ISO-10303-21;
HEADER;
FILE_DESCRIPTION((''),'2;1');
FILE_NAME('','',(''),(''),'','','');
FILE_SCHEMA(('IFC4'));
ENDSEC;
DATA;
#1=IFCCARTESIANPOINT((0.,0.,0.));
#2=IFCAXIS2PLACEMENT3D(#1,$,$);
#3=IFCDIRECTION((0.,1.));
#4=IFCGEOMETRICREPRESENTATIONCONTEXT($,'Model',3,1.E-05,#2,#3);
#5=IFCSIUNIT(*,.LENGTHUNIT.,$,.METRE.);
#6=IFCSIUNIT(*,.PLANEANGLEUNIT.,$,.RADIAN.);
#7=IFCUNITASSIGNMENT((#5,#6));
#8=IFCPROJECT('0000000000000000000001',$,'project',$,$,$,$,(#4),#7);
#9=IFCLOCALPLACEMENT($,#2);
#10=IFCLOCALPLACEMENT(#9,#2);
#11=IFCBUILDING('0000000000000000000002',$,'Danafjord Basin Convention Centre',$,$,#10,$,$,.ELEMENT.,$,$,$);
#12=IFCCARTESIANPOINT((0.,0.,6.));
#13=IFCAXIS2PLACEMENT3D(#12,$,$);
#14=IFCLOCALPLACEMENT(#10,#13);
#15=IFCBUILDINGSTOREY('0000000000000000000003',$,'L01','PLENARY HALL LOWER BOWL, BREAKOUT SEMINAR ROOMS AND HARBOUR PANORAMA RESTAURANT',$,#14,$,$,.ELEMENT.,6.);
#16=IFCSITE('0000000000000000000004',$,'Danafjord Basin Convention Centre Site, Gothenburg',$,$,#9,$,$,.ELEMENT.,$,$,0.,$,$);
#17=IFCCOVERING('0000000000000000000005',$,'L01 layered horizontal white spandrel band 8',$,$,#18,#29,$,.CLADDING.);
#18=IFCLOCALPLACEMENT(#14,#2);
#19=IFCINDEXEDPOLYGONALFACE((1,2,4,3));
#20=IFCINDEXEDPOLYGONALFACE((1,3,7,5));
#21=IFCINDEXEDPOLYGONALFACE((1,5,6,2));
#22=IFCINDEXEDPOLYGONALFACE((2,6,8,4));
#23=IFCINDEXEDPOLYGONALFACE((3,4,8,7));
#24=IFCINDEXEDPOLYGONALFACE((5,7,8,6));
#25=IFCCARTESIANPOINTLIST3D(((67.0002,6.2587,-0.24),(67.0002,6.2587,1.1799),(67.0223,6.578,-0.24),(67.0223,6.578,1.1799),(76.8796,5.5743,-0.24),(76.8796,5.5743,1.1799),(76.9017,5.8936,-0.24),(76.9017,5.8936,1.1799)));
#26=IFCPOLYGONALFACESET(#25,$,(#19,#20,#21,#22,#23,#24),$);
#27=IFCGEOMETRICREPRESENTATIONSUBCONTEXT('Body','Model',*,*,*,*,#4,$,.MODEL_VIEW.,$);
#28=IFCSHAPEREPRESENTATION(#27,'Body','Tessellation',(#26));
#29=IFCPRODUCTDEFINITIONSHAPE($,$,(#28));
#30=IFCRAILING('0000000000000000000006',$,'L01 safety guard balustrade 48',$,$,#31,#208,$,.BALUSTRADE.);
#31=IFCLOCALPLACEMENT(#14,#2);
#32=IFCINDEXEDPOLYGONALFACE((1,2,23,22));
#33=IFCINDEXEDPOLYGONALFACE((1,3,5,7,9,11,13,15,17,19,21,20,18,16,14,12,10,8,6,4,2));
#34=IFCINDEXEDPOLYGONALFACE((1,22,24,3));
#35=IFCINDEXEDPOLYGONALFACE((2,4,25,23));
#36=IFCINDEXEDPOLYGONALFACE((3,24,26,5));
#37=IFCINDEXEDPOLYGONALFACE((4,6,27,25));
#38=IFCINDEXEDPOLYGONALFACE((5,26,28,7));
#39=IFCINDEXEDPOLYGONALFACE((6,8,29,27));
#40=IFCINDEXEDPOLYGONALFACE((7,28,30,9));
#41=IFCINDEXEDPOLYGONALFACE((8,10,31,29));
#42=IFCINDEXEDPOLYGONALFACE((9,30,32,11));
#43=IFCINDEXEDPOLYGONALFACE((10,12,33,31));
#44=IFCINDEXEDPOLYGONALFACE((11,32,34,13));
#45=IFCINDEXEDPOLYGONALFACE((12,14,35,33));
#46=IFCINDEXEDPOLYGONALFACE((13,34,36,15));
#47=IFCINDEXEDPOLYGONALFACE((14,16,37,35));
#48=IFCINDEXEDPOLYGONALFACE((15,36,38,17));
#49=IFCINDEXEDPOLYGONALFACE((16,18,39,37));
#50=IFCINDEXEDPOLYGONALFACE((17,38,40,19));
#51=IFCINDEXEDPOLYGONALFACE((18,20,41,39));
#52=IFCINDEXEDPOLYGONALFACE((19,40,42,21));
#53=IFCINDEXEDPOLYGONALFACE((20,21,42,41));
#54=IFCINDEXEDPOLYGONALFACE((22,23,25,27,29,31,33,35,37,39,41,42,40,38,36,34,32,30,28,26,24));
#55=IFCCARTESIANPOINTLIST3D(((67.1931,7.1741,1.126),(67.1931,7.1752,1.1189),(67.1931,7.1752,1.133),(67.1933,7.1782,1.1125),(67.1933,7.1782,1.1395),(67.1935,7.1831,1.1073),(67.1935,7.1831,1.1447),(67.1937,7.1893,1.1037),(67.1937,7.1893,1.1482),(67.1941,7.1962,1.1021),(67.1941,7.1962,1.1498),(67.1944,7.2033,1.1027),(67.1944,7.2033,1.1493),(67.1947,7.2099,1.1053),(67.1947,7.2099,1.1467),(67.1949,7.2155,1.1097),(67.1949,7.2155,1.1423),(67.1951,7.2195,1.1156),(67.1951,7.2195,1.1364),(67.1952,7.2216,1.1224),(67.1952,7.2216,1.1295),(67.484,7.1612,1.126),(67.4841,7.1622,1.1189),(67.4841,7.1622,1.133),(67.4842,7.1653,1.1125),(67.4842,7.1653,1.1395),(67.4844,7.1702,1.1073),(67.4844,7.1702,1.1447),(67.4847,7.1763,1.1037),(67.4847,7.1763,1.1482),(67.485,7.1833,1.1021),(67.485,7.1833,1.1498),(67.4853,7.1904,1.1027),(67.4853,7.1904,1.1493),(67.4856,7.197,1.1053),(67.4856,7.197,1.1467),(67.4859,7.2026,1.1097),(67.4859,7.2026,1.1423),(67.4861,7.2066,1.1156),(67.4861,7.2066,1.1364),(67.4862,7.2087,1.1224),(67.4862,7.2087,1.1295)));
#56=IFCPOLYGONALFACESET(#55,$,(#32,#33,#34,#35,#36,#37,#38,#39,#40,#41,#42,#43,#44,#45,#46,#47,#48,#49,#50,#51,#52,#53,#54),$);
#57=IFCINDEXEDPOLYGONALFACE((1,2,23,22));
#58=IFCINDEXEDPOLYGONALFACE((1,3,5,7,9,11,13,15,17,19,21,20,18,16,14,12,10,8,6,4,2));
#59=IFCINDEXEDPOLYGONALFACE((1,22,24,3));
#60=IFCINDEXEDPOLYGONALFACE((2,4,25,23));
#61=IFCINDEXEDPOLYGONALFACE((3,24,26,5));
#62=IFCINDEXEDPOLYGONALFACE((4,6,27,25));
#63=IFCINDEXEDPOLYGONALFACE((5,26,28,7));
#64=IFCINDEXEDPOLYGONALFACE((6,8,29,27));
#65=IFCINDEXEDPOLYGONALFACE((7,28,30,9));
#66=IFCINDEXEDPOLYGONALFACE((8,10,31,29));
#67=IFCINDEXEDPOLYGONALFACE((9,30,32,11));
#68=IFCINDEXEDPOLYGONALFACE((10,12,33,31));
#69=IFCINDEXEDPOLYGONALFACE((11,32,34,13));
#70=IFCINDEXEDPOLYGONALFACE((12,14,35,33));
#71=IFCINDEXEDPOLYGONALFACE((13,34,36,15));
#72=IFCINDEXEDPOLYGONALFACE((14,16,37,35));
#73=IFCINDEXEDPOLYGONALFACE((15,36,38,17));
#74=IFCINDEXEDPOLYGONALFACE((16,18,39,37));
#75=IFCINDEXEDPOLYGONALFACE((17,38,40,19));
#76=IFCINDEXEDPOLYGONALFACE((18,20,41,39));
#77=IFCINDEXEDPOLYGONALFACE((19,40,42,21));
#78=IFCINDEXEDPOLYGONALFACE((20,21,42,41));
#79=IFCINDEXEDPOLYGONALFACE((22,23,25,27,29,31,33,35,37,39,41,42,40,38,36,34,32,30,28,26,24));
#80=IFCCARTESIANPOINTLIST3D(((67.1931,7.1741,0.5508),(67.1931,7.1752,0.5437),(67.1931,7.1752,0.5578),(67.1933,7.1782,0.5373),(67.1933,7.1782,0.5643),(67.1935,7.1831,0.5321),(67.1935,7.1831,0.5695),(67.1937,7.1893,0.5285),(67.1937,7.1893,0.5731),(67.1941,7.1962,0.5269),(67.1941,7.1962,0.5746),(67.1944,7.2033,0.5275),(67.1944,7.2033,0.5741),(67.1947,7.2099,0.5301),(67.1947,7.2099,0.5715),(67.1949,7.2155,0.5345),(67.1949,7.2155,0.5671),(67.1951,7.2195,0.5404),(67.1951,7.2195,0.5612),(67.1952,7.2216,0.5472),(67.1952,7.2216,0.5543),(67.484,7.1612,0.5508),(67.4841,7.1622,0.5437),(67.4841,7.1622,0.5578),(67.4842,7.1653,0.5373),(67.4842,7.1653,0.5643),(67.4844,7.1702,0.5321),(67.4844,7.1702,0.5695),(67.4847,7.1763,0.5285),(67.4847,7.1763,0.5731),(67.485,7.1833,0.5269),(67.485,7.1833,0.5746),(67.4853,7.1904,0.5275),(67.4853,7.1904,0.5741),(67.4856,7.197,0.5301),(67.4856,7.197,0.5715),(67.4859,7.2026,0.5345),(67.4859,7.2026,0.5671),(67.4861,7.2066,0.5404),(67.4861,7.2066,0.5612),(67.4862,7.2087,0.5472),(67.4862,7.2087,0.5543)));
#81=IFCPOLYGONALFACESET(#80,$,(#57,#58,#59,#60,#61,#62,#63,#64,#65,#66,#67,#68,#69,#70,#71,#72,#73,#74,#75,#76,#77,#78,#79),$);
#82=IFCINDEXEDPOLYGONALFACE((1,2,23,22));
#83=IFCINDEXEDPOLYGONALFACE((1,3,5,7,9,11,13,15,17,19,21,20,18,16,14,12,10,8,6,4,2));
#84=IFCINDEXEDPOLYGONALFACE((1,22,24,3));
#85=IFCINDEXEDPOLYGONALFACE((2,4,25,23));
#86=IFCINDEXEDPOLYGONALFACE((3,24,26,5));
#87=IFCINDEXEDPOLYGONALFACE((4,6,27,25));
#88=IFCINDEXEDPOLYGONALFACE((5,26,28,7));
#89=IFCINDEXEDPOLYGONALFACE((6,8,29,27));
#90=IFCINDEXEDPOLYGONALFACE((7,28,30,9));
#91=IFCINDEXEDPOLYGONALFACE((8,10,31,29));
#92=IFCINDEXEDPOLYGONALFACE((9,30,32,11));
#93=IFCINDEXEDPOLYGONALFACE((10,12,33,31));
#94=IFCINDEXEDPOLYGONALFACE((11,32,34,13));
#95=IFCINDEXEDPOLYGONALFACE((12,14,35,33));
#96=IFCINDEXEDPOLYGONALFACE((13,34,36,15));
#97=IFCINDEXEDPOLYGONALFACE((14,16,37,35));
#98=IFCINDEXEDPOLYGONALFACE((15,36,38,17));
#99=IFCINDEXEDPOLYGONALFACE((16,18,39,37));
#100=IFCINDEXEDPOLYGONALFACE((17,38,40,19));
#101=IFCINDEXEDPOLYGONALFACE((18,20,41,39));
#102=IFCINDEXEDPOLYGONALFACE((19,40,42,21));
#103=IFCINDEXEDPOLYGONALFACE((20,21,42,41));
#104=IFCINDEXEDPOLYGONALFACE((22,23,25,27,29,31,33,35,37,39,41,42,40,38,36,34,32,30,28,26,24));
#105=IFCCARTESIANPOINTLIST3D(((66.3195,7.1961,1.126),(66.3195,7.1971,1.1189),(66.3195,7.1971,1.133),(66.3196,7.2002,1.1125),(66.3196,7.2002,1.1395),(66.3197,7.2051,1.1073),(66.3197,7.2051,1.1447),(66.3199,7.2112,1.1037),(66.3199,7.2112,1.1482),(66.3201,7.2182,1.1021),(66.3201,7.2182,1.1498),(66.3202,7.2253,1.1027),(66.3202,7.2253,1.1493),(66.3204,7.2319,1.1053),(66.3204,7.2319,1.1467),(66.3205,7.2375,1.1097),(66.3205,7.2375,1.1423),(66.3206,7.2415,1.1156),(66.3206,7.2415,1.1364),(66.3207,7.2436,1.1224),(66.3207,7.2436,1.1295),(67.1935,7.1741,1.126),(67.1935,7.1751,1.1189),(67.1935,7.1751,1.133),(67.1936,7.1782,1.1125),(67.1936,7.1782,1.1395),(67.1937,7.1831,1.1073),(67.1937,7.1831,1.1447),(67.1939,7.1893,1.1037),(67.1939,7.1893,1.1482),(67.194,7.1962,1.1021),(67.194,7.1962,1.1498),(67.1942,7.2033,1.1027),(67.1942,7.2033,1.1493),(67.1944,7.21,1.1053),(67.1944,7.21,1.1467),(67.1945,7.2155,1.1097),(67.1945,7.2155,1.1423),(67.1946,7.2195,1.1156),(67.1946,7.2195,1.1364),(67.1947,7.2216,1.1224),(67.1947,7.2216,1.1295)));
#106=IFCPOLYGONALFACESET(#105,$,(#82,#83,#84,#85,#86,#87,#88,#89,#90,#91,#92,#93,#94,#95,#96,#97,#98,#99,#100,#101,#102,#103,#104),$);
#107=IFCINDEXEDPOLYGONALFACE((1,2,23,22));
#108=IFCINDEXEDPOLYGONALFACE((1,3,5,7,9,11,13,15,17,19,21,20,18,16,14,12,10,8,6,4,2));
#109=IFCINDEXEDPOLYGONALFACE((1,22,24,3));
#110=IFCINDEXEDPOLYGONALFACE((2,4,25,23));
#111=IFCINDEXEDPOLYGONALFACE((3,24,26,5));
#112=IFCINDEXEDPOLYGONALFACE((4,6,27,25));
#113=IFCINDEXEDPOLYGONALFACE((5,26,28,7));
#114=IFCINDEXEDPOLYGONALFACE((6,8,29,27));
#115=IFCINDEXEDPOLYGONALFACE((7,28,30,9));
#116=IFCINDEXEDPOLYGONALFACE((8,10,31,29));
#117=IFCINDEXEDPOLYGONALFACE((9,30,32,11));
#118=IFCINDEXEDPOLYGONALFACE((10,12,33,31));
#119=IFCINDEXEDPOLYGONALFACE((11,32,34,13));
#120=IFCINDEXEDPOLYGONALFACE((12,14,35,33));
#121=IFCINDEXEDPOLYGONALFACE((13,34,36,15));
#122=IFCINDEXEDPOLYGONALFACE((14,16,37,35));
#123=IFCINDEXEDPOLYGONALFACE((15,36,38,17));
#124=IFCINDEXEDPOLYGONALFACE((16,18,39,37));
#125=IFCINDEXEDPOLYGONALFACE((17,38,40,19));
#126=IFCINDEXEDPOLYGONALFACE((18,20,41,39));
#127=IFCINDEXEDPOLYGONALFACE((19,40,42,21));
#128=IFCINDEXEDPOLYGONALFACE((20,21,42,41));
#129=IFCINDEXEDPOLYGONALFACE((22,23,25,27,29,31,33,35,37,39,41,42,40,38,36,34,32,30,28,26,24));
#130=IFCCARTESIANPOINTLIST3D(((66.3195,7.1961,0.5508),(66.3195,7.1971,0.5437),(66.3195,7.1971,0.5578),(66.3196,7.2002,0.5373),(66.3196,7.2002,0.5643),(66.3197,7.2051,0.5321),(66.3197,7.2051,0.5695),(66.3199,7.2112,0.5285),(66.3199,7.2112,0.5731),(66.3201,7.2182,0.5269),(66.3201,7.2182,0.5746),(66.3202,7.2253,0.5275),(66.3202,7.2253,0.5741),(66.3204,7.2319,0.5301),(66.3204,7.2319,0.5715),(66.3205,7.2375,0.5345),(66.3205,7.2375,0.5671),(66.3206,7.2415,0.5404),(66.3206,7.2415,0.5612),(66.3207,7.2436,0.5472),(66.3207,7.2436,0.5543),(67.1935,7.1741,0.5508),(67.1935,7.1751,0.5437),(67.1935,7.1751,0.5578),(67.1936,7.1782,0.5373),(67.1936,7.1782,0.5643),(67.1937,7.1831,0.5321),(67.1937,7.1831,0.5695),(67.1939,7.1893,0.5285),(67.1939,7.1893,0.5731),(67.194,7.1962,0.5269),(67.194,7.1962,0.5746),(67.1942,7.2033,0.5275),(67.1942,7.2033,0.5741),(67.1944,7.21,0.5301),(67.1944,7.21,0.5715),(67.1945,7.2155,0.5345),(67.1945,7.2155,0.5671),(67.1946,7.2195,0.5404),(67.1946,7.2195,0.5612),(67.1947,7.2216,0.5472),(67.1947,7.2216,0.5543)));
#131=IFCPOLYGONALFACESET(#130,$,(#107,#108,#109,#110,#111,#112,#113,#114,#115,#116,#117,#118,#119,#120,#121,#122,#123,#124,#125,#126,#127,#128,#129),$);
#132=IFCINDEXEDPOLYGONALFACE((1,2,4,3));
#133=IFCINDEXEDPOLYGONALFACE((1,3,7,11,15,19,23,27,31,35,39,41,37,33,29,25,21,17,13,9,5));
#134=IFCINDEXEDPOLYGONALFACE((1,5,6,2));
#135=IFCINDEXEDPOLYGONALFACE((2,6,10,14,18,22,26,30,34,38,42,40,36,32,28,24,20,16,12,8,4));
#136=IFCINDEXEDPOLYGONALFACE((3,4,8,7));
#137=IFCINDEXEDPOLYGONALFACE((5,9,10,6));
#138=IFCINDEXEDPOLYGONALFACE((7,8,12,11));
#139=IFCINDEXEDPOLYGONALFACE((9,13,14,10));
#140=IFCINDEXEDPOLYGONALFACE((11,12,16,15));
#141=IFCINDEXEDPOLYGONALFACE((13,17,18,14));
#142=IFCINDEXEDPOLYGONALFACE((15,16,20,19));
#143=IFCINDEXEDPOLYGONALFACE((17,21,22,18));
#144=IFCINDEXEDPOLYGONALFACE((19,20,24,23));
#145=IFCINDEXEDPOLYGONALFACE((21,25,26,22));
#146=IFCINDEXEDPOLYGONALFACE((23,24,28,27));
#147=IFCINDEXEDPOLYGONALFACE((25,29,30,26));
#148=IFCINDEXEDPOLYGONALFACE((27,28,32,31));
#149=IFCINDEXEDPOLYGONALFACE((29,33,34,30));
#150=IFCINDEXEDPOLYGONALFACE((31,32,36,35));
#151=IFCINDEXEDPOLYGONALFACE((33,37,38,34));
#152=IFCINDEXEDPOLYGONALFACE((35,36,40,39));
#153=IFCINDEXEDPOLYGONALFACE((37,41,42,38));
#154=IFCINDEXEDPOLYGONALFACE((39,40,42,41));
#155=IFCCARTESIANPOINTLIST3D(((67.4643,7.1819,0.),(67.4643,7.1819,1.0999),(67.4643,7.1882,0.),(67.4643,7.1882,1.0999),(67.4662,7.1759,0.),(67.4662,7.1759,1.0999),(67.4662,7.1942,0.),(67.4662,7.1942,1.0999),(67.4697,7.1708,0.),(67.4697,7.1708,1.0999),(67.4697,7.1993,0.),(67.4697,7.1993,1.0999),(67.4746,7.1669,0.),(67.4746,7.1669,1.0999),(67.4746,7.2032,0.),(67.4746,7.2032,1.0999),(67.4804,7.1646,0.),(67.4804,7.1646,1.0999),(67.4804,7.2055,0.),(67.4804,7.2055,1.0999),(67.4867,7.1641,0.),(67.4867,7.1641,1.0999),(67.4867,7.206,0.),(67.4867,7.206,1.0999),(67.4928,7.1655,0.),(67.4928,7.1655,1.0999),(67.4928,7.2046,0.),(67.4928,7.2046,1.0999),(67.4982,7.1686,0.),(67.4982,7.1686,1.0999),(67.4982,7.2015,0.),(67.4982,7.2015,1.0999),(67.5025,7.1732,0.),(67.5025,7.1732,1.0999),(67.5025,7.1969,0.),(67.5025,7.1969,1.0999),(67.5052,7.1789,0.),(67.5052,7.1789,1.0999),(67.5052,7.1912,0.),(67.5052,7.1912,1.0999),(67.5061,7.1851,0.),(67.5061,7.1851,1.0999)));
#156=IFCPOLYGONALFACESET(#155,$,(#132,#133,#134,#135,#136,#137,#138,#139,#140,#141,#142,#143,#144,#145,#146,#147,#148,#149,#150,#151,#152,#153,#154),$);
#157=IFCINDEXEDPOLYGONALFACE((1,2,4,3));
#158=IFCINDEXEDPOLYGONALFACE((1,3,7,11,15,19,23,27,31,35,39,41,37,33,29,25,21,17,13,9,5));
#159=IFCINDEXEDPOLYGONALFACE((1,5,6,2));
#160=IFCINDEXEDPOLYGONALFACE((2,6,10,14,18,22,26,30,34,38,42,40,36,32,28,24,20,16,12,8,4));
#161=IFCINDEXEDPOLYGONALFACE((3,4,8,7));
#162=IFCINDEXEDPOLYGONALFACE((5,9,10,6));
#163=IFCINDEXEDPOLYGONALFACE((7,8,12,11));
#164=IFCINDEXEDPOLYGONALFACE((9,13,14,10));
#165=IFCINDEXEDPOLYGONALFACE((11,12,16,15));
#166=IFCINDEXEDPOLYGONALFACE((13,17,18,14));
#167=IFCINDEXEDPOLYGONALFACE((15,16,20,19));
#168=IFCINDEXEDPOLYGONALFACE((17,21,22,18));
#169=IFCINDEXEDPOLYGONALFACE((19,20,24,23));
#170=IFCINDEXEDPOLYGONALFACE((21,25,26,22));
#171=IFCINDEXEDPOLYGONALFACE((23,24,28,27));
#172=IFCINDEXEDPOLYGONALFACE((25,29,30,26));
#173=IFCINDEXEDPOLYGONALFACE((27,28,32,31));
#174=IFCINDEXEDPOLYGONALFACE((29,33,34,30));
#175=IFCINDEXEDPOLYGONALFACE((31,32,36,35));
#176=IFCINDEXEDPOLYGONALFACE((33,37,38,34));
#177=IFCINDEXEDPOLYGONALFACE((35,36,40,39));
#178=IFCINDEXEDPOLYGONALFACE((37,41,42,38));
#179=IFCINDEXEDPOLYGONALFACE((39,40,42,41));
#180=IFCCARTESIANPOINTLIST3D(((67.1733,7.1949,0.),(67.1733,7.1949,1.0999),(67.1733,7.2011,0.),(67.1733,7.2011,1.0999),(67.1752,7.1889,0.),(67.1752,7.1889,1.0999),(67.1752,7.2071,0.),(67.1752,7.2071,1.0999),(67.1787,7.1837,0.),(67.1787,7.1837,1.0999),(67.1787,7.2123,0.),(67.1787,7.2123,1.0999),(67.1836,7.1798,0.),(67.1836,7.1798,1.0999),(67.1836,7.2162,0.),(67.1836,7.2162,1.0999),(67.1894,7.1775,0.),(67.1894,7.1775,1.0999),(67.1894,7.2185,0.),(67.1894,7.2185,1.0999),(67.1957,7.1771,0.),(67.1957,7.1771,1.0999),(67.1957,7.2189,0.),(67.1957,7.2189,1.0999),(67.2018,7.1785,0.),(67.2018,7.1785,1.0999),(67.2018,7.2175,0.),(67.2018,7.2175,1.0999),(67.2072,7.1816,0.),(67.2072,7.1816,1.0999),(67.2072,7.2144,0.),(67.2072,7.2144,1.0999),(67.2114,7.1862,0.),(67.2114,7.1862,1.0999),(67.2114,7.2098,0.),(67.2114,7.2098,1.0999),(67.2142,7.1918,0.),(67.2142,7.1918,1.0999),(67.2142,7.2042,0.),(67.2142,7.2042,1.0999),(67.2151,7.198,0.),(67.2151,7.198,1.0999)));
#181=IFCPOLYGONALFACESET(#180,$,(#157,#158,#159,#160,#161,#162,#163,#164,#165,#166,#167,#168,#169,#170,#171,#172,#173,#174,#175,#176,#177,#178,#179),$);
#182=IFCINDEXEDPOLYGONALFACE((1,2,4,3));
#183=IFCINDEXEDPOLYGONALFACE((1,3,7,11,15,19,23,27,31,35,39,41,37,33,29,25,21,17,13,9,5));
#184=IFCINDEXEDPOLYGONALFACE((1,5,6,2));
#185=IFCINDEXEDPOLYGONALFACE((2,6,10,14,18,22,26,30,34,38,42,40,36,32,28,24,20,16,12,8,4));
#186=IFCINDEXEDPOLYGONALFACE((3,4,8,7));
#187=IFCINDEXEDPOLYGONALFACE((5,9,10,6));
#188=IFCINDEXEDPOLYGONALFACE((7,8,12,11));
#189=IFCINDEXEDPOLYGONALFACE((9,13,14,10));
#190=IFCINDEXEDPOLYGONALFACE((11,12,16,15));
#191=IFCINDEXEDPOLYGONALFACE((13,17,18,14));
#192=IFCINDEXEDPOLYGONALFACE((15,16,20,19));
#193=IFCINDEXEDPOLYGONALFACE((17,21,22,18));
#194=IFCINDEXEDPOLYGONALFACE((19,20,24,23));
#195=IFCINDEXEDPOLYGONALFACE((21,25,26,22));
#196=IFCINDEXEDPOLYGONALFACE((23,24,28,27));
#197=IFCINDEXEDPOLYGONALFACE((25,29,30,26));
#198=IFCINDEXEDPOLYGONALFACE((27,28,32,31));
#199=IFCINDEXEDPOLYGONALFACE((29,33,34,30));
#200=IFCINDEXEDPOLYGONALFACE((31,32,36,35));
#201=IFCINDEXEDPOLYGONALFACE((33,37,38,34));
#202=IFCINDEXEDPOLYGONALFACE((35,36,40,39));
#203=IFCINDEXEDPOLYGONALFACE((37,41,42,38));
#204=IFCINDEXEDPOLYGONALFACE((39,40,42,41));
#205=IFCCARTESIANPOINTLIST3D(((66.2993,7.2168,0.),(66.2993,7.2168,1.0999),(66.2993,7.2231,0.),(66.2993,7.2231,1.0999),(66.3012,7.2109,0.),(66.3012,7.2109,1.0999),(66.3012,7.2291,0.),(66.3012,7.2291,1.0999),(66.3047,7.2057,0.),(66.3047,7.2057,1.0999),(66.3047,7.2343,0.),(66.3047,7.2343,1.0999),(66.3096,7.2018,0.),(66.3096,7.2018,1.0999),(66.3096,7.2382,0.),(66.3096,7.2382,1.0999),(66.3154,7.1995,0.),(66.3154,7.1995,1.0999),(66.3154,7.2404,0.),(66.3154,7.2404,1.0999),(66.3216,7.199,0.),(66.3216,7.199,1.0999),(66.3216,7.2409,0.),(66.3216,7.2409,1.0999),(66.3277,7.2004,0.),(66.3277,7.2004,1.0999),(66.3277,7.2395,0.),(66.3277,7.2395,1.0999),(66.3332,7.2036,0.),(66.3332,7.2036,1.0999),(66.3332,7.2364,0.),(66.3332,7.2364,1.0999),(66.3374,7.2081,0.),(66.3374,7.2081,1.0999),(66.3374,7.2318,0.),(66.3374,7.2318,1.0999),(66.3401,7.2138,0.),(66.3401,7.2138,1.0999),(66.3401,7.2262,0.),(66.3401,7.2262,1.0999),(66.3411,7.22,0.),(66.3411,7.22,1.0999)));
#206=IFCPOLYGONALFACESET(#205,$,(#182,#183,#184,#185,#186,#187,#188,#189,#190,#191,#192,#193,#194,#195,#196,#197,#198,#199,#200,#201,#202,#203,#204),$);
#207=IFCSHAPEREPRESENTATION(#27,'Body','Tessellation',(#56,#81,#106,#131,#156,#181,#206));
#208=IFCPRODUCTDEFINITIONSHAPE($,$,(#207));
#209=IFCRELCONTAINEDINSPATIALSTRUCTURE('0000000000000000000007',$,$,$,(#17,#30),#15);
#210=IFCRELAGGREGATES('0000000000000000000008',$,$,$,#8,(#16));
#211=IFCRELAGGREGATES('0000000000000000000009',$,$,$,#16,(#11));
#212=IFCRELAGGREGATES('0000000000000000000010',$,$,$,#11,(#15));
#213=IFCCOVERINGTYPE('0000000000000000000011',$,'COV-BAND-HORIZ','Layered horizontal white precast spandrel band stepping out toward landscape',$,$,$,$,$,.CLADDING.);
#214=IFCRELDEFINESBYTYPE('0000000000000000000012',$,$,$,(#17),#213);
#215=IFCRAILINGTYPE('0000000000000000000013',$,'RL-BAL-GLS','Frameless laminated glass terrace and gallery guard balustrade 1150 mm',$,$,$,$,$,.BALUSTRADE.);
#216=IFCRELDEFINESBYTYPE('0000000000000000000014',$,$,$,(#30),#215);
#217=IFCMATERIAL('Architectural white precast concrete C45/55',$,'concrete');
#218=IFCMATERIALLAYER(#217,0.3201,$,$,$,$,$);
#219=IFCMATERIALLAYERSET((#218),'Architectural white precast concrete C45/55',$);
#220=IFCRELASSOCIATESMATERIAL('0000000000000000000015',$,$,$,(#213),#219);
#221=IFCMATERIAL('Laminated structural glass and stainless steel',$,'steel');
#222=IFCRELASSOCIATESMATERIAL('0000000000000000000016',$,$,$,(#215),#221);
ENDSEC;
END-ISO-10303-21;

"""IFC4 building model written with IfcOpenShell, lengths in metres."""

from ifc_helpers import new_model, si_unit, direction, frame, origin, origin_2d, place, context, subcontext, project, spatial, rectangle, circle, extrude, material, layer, layer_set, type_object, element, save


model = new_model("IFC4")

# Units and contexts
model_context = context("Model", 3, precision=1e-05, world=origin(), true_north=direction((0.0, 1.0)))
body_context = subcontext(model_context, "Body", "Model", "MODEL_VIEW")
ifc_project = project(units=[si_unit("LENGTHUNIT", "METRE"), si_unit("PLANEANGLEUNIT", "RADIAN")], contexts=[model_context])

# Site, building, storey
site_placement = place(None, origin())
site = spatial("IfcSite", under=ifc_project, at=site_placement, Name="Danafjord Basin Convention Centre Site, Gothenburg", CompositionType="ELEMENT", RefElevation=0.0)
building_placement = place(site_placement, origin())
building = spatial("IfcBuilding", under=site, at=building_placement, Name="Danafjord Basin Convention Centre", CompositionType="ELEMENT")
storey_placement = place(building_placement, frame((0.0, 0.0, 6.0)))
storey = spatial("IfcBuildingStorey", under=building, at=storey_placement, Name="L01", Description="PLENARY HALL LOWER BOWL, BREAKOUT SEMINAR ROOMS AND HARBOUR PANORAMA RESTAURANT", CompositionType="ELEMENT", Elevation=6.0)

# Covering
ifc_material_1 = material(Name="Architectural white precast concrete C45/55", Category="concrete")
ifc_layer_1 = layer(ifc_material_1, 0.3201)
ifc_layer_set_1 = layer_set([ifc_layer_1], Name="Architectural white precast concrete C45/55")
covering_type = type_object("IfcCoveringType", Name="COV-BAND-HORIZ", Description="Layered horizontal white precast spandrel band stepping out toward landscape", PredefinedType="CLADDING", material=ifc_layer_set_1)
covering_1_placement = place(storey_placement, frame((71.9509, 6.0762, -0.24), z_axis=(0.0, 0.0, 1.0), x_axis=(0.997609, -0.069105, 0.0)))
element("IfcCovering", 1, at=covering_1_placement, inside=storey, type_object=covering_type, Name="L01 layered horizontal white spandrel band 8", PredefinedType="CLADDING", context=body_context, shape_type="SweptSolid", body=[
    extrude(rectangle(XDim=9.9031, YDim=0.3201, at=origin_2d()), origin(), (0.0, 0.0, 1.0), 1.4199),
])

# Railing
ifc_material_2 = material(Name="Laminated structural glass and stainless steel", Category="steel")
railing_type_1 = type_object("IfcRailingType", Name="RL-BAL-GLS", Description="Frameless laminated glass terrace and gallery guard balustrade 1150 mm", PredefinedType="BALUSTRADE", material=ifc_material_2)
railing_1_placement = place(storey_placement, frame((67.4851, 7.1851, 0.0)))
element("IfcRailing", 2, at=railing_1_placement, inside=storey, type_object=railing_type_1, Name="L01 safety guard balustrade 48", PredefinedType="BALUSTRADE", context=body_context, shape_type="SweptSolid", body=[
    extrude(circle(Radius=0.0239, at=origin_2d()), frame((0.0, 0.0, 1.126), z_axis=(-0.999013, 0.044419, 0.0), x_axis=(-0.044419, -0.999013, 0.0)), (0.0, 0.0, 1.0), 0.2913),
    extrude(circle(Radius=0.0239, at=origin_2d()), frame((0.0, 0.0, 0.5508), z_axis=(-0.999013, 0.044419, 0.0), x_axis=(-0.044419, -0.999013, 0.0)), (0.0, 0.0, 1.0), 0.2913),
    extrude(circle(Radius=0.0239, at=origin_2d()), frame((-0.291, 0.0129, 1.126), z_axis=(-0.999684, 0.025132, 0.0), x_axis=(-0.025132, -0.999684, 0.0)), (0.0, 0.0, 1.0), 0.8743),
    extrude(circle(Radius=0.0239, at=origin_2d()), frame((-0.291, 0.0129, 0.5508), z_axis=(-0.999684, 0.025132, 0.0), x_axis=(-0.025132, -0.999684, 0.0)), (0.0, 0.0, 1.0), 0.8743),
    extrude(circle(Radius=0.021, at=origin_2d()), origin(), (0.0, 0.0, 1.0), 1.0999),
    extrude(circle(Radius=0.021, at=origin_2d()), frame((-0.291, 0.0129, 0.0)), (0.0, 0.0, 1.0), 1.0999),
    extrude(circle(Radius=0.021, at=origin_2d()), frame((-1.165, 0.0349, 0.0)), (0.0, 0.0, 1.0), 1.0999),
])

save(model, "model.ifc")
